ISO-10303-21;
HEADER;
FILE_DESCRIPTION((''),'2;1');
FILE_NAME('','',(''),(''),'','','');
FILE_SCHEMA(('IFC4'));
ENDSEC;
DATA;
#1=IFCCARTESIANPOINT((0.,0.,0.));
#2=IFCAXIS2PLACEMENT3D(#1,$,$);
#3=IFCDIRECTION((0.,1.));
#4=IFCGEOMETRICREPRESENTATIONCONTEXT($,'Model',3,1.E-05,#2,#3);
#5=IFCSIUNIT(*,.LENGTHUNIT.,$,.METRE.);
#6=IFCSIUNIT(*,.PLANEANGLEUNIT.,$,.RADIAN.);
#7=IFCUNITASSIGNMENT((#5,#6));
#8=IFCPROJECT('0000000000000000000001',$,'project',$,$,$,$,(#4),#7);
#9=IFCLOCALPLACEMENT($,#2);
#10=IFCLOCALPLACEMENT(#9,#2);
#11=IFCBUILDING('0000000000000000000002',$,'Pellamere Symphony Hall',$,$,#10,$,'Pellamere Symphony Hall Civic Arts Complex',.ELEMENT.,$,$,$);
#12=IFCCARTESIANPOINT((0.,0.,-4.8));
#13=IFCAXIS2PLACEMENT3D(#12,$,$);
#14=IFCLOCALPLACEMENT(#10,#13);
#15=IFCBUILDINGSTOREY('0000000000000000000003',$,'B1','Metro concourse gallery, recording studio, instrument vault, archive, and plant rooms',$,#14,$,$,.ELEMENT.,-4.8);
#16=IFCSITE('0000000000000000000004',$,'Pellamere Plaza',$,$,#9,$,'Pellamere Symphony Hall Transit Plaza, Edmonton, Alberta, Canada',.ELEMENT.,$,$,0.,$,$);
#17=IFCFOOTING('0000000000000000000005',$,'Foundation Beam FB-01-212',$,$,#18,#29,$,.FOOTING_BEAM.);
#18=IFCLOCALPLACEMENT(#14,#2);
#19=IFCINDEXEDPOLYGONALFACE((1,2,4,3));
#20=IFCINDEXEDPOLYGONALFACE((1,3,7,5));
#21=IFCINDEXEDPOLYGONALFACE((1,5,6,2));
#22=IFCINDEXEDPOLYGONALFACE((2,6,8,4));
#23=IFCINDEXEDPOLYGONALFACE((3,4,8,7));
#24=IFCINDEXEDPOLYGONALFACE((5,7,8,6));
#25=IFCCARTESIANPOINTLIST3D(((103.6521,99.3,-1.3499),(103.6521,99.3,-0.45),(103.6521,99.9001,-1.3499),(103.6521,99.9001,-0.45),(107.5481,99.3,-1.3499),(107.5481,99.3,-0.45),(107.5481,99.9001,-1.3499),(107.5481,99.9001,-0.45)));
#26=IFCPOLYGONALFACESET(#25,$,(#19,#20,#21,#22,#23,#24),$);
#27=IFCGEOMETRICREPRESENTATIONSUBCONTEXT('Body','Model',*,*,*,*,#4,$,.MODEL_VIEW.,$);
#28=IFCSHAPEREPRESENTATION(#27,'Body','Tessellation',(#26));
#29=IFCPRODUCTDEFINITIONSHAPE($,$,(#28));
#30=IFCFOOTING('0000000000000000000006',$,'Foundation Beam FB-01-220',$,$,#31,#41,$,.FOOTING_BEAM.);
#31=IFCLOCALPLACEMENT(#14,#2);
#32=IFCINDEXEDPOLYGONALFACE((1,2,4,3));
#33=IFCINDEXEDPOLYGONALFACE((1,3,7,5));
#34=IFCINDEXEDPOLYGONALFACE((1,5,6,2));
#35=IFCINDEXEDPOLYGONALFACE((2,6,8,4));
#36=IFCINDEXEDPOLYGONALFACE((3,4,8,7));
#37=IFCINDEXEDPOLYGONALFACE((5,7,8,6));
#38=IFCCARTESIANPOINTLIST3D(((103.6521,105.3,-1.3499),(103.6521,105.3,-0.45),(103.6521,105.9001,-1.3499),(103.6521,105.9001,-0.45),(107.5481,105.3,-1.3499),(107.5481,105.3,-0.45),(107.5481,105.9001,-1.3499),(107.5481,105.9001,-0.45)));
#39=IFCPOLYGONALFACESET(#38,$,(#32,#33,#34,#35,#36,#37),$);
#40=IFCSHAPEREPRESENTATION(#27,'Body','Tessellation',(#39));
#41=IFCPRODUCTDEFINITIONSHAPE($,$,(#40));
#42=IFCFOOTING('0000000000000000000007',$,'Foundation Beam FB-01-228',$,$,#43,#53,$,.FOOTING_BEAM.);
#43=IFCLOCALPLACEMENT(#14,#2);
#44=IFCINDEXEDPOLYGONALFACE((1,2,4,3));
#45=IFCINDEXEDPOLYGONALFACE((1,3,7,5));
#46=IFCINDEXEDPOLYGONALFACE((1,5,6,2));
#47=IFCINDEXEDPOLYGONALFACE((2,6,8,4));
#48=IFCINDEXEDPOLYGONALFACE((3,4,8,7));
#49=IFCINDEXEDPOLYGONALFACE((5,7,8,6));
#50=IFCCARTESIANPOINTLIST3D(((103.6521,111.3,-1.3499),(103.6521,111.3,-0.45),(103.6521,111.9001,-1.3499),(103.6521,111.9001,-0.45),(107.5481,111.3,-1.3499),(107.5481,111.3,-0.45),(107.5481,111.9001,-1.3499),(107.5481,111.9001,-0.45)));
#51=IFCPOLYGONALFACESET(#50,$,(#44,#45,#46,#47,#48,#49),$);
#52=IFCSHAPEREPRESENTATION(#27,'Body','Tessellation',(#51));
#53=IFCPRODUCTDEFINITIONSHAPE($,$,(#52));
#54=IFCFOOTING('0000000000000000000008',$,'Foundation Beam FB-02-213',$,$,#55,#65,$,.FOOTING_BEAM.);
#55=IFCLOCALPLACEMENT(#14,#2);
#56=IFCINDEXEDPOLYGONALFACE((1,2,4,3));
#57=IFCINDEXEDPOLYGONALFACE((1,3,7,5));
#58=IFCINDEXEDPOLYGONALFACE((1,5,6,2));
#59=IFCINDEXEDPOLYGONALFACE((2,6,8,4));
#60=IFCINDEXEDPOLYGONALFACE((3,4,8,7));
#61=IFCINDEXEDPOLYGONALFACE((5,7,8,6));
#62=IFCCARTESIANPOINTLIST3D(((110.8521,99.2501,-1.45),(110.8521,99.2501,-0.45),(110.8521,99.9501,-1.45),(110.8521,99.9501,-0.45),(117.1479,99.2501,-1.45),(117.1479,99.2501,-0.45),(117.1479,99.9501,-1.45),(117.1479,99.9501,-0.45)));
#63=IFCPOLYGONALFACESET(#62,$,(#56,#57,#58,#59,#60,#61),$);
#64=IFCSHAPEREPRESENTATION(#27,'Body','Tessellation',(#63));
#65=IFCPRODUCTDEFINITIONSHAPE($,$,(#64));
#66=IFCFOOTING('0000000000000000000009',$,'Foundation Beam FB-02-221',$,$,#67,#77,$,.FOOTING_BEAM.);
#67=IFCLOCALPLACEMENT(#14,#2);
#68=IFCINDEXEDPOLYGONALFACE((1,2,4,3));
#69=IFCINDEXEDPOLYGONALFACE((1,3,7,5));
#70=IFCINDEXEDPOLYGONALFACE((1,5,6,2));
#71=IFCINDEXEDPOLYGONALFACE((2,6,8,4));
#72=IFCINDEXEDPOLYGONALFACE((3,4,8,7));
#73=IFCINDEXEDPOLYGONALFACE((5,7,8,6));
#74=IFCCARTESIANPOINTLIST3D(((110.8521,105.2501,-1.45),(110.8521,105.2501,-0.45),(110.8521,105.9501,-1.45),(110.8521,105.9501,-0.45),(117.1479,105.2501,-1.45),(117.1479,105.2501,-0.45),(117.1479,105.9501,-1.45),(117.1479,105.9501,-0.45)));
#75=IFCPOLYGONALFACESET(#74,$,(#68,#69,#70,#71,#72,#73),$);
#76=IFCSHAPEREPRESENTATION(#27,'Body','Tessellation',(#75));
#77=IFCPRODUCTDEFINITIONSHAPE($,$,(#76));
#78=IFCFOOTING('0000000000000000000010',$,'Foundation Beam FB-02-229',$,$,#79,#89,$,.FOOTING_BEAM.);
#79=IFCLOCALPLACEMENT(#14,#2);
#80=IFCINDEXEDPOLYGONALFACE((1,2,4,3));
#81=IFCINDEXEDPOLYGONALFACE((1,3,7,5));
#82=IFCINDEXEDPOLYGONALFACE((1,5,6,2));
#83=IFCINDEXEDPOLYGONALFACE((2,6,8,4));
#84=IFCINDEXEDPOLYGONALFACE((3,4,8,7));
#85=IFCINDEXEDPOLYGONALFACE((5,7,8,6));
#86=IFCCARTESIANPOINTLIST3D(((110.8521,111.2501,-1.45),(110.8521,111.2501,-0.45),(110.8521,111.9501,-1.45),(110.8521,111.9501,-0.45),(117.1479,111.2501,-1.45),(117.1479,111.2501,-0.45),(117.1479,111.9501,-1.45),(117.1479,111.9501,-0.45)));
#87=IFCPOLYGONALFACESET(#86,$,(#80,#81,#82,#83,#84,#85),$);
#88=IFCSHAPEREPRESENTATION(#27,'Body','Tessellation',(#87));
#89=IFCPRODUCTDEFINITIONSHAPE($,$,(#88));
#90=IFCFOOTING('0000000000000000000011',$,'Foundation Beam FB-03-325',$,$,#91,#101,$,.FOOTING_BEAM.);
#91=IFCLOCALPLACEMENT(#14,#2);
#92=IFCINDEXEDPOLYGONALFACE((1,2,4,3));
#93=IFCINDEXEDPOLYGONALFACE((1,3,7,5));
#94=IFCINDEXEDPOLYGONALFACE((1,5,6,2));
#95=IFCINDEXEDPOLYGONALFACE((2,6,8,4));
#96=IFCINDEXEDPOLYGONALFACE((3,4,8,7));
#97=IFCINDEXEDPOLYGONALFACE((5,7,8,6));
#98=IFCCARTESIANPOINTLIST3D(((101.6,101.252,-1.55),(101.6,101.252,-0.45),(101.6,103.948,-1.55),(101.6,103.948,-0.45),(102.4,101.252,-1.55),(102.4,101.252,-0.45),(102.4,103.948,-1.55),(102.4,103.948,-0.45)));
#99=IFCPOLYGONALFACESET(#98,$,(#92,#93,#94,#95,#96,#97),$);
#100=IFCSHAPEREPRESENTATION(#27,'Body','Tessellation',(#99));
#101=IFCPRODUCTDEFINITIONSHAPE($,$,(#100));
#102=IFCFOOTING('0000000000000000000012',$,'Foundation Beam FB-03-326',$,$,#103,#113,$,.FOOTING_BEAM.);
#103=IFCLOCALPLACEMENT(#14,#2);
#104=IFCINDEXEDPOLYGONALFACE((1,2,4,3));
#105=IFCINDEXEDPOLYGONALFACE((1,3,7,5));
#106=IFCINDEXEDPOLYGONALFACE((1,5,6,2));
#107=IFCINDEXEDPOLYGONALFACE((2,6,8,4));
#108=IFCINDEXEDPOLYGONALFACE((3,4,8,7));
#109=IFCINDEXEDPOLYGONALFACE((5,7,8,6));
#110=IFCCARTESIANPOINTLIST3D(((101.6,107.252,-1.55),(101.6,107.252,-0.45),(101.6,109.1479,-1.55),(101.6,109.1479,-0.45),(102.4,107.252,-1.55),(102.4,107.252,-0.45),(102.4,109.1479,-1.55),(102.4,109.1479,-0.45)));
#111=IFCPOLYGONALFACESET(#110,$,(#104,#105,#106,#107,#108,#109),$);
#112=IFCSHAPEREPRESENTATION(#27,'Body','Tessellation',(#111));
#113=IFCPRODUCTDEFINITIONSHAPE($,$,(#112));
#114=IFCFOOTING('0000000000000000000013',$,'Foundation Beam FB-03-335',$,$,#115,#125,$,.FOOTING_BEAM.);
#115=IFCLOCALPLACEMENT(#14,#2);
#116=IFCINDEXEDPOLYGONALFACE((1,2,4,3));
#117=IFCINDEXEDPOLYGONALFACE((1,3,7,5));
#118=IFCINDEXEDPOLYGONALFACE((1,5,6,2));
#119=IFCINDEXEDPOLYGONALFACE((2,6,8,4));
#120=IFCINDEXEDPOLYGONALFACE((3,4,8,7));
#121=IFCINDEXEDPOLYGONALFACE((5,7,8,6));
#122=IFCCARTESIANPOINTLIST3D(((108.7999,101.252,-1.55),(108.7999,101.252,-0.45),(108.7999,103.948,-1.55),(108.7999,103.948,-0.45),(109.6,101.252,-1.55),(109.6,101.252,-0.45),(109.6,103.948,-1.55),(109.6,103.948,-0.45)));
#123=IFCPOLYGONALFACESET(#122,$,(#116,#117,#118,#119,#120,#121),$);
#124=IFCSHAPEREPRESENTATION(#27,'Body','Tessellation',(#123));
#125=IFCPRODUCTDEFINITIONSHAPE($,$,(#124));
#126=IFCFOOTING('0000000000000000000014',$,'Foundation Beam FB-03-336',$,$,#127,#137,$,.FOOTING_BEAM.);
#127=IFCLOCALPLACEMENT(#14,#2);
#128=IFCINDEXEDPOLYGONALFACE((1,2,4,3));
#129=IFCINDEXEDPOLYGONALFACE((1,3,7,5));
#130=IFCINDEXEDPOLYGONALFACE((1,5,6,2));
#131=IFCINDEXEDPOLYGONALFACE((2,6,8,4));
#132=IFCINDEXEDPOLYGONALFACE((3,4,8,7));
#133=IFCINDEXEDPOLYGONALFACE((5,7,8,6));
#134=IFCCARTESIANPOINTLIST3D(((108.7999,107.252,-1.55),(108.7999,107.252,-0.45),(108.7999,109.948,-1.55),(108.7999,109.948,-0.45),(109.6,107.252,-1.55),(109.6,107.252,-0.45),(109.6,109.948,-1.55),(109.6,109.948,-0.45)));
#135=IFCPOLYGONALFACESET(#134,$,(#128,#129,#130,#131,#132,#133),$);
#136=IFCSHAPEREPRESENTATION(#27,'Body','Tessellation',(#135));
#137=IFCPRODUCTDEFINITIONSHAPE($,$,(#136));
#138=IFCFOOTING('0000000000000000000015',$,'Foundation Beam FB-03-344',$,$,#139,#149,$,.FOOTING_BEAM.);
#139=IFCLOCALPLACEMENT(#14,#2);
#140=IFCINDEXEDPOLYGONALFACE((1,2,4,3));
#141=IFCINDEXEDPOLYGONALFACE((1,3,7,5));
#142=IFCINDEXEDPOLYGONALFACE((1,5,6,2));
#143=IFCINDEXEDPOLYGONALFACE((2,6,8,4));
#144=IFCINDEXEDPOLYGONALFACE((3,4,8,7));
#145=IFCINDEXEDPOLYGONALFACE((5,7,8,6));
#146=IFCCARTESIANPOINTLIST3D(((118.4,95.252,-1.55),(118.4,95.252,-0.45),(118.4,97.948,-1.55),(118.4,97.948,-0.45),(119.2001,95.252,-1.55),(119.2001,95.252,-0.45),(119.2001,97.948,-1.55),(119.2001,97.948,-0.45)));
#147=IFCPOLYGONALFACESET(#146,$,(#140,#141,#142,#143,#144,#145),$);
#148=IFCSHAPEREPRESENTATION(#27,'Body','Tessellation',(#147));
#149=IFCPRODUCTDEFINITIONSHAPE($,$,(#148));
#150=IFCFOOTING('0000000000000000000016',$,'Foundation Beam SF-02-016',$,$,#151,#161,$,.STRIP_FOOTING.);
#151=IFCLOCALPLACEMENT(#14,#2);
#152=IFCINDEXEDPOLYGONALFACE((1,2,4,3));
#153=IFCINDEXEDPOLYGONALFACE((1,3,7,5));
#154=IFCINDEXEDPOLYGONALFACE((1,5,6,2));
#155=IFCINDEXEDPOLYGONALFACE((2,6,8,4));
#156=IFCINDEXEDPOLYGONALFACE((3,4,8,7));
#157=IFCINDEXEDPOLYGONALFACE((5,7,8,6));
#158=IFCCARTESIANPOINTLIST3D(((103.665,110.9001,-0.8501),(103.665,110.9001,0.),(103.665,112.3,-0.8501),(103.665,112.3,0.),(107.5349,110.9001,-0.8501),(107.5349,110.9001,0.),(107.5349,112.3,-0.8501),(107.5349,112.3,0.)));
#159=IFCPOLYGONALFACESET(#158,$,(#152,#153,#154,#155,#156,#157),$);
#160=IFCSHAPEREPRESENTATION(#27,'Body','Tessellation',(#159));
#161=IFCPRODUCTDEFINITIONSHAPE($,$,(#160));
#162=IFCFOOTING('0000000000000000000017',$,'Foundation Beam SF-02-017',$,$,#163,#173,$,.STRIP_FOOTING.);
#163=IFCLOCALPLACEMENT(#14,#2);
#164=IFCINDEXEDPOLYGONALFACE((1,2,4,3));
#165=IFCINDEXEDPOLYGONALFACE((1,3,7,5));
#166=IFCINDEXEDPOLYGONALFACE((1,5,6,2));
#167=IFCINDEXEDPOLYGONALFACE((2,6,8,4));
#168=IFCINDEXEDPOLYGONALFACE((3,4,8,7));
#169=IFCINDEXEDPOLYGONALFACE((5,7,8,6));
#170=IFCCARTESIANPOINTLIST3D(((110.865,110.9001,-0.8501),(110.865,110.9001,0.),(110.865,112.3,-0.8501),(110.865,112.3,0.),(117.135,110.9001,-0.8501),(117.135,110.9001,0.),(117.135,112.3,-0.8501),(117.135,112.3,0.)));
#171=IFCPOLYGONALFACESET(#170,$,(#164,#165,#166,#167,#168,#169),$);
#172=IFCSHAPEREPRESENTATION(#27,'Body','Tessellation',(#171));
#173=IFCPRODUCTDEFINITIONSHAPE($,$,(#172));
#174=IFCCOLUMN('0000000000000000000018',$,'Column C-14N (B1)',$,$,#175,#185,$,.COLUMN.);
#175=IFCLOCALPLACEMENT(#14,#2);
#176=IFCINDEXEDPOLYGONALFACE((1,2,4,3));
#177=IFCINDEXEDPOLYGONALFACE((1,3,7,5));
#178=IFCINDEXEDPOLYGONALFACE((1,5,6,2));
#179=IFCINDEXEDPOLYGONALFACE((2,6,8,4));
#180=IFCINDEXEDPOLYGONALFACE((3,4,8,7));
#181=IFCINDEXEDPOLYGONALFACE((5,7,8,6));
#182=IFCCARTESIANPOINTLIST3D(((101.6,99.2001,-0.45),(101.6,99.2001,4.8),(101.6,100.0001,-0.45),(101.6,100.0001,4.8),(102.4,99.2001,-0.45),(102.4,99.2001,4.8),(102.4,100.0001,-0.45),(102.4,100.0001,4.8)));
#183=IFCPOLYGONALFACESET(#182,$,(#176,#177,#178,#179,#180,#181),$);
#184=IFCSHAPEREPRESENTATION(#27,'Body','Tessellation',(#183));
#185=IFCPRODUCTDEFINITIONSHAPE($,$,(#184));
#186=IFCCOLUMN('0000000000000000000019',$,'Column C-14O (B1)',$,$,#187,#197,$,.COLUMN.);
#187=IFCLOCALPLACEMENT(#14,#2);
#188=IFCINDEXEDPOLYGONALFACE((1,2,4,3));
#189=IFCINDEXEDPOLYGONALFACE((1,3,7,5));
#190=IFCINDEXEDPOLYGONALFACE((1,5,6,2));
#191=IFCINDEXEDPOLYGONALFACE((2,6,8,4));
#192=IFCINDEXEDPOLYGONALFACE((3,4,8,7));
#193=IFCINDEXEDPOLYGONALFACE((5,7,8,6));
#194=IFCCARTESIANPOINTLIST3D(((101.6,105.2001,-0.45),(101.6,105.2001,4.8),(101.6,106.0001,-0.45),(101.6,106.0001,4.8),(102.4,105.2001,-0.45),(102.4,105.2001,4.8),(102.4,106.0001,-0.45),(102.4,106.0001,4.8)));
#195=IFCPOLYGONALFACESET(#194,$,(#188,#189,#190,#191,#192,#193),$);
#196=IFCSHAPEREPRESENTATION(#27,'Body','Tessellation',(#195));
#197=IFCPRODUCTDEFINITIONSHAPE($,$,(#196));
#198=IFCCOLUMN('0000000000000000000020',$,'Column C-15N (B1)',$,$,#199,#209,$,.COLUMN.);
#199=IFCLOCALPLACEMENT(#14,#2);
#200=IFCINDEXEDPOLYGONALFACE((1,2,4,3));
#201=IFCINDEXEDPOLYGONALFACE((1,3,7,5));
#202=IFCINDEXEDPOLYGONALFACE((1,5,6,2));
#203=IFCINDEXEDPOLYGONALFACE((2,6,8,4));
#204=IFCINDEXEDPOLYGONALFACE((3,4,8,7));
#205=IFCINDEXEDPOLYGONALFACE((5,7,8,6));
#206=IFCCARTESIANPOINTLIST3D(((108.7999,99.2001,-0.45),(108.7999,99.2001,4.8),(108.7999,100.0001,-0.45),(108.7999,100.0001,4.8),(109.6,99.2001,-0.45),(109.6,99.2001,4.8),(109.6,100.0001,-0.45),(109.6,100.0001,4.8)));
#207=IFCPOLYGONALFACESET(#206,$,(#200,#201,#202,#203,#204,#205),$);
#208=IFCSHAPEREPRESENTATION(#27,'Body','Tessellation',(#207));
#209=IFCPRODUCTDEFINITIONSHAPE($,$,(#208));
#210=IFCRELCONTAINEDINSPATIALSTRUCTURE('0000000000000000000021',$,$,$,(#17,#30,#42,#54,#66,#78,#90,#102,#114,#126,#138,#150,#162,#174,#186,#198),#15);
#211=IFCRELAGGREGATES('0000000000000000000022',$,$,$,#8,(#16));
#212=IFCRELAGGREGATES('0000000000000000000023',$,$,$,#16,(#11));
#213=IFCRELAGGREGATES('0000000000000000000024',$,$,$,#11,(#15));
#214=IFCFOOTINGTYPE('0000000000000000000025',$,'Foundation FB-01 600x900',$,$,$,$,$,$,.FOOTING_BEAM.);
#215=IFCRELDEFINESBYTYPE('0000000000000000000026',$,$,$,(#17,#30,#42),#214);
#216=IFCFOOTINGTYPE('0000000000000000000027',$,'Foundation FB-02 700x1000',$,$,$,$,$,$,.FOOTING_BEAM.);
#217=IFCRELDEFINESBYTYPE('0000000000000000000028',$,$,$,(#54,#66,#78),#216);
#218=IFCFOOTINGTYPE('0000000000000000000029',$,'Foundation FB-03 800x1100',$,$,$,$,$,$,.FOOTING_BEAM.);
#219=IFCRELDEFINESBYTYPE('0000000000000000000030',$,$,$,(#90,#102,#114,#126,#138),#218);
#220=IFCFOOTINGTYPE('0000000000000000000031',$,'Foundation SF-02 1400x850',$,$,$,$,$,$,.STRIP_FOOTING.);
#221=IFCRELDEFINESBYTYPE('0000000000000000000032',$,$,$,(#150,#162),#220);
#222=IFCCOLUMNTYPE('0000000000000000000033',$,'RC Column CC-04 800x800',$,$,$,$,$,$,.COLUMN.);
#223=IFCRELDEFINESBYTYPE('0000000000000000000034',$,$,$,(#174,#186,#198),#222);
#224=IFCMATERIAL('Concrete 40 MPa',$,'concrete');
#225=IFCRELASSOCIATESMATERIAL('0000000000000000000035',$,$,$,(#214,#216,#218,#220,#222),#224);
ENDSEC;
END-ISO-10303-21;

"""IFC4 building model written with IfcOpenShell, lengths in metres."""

from ifc_helpers import new_model, si_unit, direction, frame, origin, origin_2d, place, context, subcontext, project, spatial, rectangle, extrude, material, material_profile, profile_set, type_object, element, save


model = new_model("IFC4")

# Units and contexts
model_context = context("Model", 3, precision=1e-05, world=origin(), true_north=direction((0.0, 1.0)))
body_context = subcontext(model_context, "Body", "Model", "MODEL_VIEW")
ifc_project = project(units=[si_unit("LENGTHUNIT", "METRE"), si_unit("PLANEANGLEUNIT", "RADIAN")], contexts=[model_context])

# Site, building, storey
site_placement = place(None, origin())
site = spatial("IfcSite", under=ifc_project, at=site_placement, Name="Pellamere Plaza", LongName="Pellamere Symphony Hall Transit Plaza, Edmonton, Alberta, Canada", CompositionType="ELEMENT", RefElevation=0.0)
building_placement = place(site_placement, origin())
building = spatial("IfcBuilding", under=site, at=building_placement, Name="Pellamere Symphony Hall", LongName="Pellamere Symphony Hall Civic Arts Complex", CompositionType="ELEMENT")
storey_placement = place(building_placement, frame((0.0, 0.0, -4.8)))
storey = spatial("IfcBuildingStorey", under=building, at=storey_placement, Name="B1", Description="Metro concourse gallery, recording studio, instrument vault, archive, and plant rooms", CompositionType="ELEMENT", Elevation=-4.8)

# Footings
ifc_material_1 = material(Name="Concrete 40 MPa", Category="concrete")
ifc_material_profile_1 = material_profile(ifc_material_1, rectangle(XDim=0.6001, YDim=0.8999, at=origin_2d()), Name="RC 600x900")
ifc_profile_set_1 = profile_set([ifc_material_profile_1], Name="Concrete 40 MPa")
footing_type_1 = type_object("IfcFootingType", Name="Foundation FB-01 600x900", PredefinedType="FOOTING_BEAM", material=ifc_profile_set_1)
for number, where, z_axis, x_axis, name in (
    (1, (103.6521, 99.6001, -0.8999), (1.0, 0.0, 0.0), (0.0, 1.0, 0.0), "Foundation Beam FB-01-212"),
    (2, (103.6521, 105.6001, -0.8999), (1.0, 0.0, 0.0), (0.0, 1.0, 0.0), "Foundation Beam FB-01-220"),
    (3, (103.6521, 111.6001, -0.8999), (1.0, 0.0, 0.0), (0.0, 1.0, 0.0), "Foundation Beam FB-01-228"),
):
    element("IfcFooting", number, at=place(storey_placement, frame(where, z_axis=z_axis, x_axis=x_axis)), inside=storey, type_object=footing_type_1, Name=name, PredefinedType="FOOTING_BEAM", context=body_context, shape_type="SweptSolid", body=[
        extrude(rectangle(XDim=0.6001, YDim=0.8999, at=origin_2d()), origin(), (0.0, 0.0, 1.0), 3.896),
    ])
ifc_material_profile_2 = material_profile(ifc_material_1, rectangle(XDim=0.7, YDim=1.0, at=origin_2d()), Name="RC 700x1000")
ifc_profile_set_2 = profile_set([ifc_material_profile_2], Name="Concrete 40 MPa")
footing_type_2 = type_object("IfcFootingType", Name="Foundation FB-02 700x1000", PredefinedType="FOOTING_BEAM", material=ifc_profile_set_2)
for number, where, z_axis, x_axis, name in (
    (4, (110.8521, 99.6001, -0.95), (1.0, 0.0, 0.0), (0.0, 1.0, 0.0), "Foundation Beam FB-02-213"),
    (5, (110.8521, 105.6001, -0.95), (1.0, 0.0, 0.0), (0.0, 1.0, 0.0), "Foundation Beam FB-02-221"),
    (6, (110.8521, 111.6001, -0.95), (1.0, 0.0, 0.0), (0.0, 1.0, 0.0), "Foundation Beam FB-02-229"),
):
    element("IfcFooting", number, at=place(storey_placement, frame(where, z_axis=z_axis, x_axis=x_axis)), inside=storey, type_object=footing_type_2, Name=name, PredefinedType="FOOTING_BEAM", context=body_context, shape_type="SweptSolid", body=[
        extrude(rectangle(XDim=0.7, YDim=1.0, at=origin_2d()), origin(), (0.0, 0.0, 1.0), 6.2959),
    ])
ifc_material_profile_3 = material_profile(ifc_material_1, rectangle(XDim=0.8, YDim=1.1001, at=origin_2d()), Name="RC 800x1100")
ifc_profile_set_3 = profile_set([ifc_material_profile_3], Name="Concrete 40 MPa")
footing_type_3 = type_object("IfcFootingType", Name="Foundation FB-03 800x1100", PredefinedType="FOOTING_BEAM", material=ifc_profile_set_3)
footing_1_placement = place(storey_placement, frame((102.0, 101.252, -1.0), z_axis=(0.0, 1.0, 0.0), x_axis=(-1.0, 0.0, 0.0)))
element("IfcFooting", 7, at=footing_1_placement, inside=storey, type_object=footing_type_3, Name="Foundation Beam FB-03-325", PredefinedType="FOOTING_BEAM", context=body_context, shape_type="SweptSolid", body=[
    extrude(rectangle(XDim=0.8, YDim=1.1001, at=origin_2d()), origin(), (0.0, 0.0, 1.0), 2.696),
])
footing_2_placement = place(storey_placement, frame((102.0, 107.252, -1.0), z_axis=(0.0, 1.0, 0.0), x_axis=(-1.0, 0.0, 0.0)))
element("IfcFooting", 8, at=footing_2_placement, inside=storey, type_object=footing_type_3, Name="Foundation Beam FB-03-326", PredefinedType="FOOTING_BEAM", context=body_context, shape_type="SweptSolid", body=[
    extrude(rectangle(XDim=0.8, YDim=1.1001, at=origin_2d()), origin(), (0.0, 0.0, 1.0), 1.896),
])
for number, where, z_axis, x_axis, name in (
    (9, (109.2, 101.252, -1.0), (0.0, 1.0, 0.0), (-1.0, 0.0, 0.0), "Foundation Beam FB-03-335"),
    (10, (109.2, 107.252, -1.0), (0.0, 1.0, 0.0), (-1.0, 0.0, 0.0), "Foundation Beam FB-03-336"),
    (11, (118.8, 95.252, -1.0), (0.0, 1.0, 0.0), (-1.0, 0.0, 0.0), "Foundation Beam FB-03-344"),
):
    element("IfcFooting", number, at=place(storey_placement, frame(where, z_axis=z_axis, x_axis=x_axis)), inside=storey, type_object=footing_type_3, Name=name, PredefinedType="FOOTING_BEAM", context=body_context, shape_type="SweptSolid", body=[
        extrude(rectangle(XDim=0.8, YDim=1.1001, at=origin_2d()), origin(), (0.0, 0.0, 1.0), 2.696),
    ])
ifc_material_profile_4 = material_profile(ifc_material_1, rectangle(XDim=1.3999, YDim=0.8501, at=origin_2d()), Name="RC 1400x850")
ifc_profile_set_4 = profile_set([ifc_material_profile_4], Name="Concrete 40 MPa")
footing_type_4 = type_object("IfcFootingType", Name="Foundation SF-02 1400x850", PredefinedType="STRIP_FOOTING", material=ifc_profile_set_4)
footing_3_placement = place(storey_placement, frame((103.665, 111.6001, -0.425), z_axis=(1.0, 0.0, 0.0), x_axis=(0.0, 1.0, 0.0)))
element("IfcFooting", 12, at=footing_3_placement, inside=storey, type_object=footing_type_4, Name="Foundation Beam SF-02-016", PredefinedType="STRIP_FOOTING", context=body_context, shape_type="SweptSolid", body=[
    extrude(rectangle(XDim=1.3999, YDim=0.8501, at=origin_2d()), origin(), (0.0, 0.0, 1.0), 3.8699),
])
footing_4_placement = place(storey_placement, frame((110.865, 111.6001, -0.425), z_axis=(1.0, 0.0, 0.0), x_axis=(0.0, 1.0, 0.0)))
element("IfcFooting", 13, at=footing_4_placement, inside=storey, type_object=footing_type_4, Name="Foundation Beam SF-02-017", PredefinedType="STRIP_FOOTING", context=body_context, shape_type="SweptSolid", body=[
    extrude(rectangle(XDim=1.3999, YDim=0.8501, at=origin_2d()), origin(), (0.0, 0.0, 1.0), 6.27),
])

# Columns
ifc_material_profile_5 = material_profile(ifc_material_1, rectangle(XDim=0.8, YDim=0.8, at=origin_2d()), Name="RC 800x800")
ifc_profile_set_5 = profile_set([ifc_material_profile_5], Name="Concrete 40 MPa")
column_type_1 = type_object("IfcColumnType", Name="RC Column CC-04 800x800", PredefinedType="COLUMN", material=ifc_profile_set_5)
for number, where, z_axis, x_axis, name in (
    (14, (102.0, 99.6001, -0.45), (0.0, 0.0, 1.0), (1.0, 0.0, 0.0), "Column C-14N (B1)"),
    (15, (102.0, 105.6001, -0.45), (0.0, 0.0, 1.0), (1.0, 0.0, 0.0), "Column C-14O (B1)"),
    (16, (109.2, 99.6001, -0.45), (0.0, 0.0, 1.0), (1.0, 0.0, 0.0), "Column C-15N (B1)"),
):
    element("IfcColumn", number, at=place(storey_placement, frame(where, z_axis=z_axis, x_axis=x_axis)), inside=storey, type_object=column_type_1, Name=name, PredefinedType="COLUMN", context=body_context, shape_type="SweptSolid", body=[
        extrude(rectangle(XDim=0.8, YDim=0.8, at=origin_2d()), origin(), (0.0, 0.0, 1.0), 5.25),
    ])

save(model, "model.ifc")
